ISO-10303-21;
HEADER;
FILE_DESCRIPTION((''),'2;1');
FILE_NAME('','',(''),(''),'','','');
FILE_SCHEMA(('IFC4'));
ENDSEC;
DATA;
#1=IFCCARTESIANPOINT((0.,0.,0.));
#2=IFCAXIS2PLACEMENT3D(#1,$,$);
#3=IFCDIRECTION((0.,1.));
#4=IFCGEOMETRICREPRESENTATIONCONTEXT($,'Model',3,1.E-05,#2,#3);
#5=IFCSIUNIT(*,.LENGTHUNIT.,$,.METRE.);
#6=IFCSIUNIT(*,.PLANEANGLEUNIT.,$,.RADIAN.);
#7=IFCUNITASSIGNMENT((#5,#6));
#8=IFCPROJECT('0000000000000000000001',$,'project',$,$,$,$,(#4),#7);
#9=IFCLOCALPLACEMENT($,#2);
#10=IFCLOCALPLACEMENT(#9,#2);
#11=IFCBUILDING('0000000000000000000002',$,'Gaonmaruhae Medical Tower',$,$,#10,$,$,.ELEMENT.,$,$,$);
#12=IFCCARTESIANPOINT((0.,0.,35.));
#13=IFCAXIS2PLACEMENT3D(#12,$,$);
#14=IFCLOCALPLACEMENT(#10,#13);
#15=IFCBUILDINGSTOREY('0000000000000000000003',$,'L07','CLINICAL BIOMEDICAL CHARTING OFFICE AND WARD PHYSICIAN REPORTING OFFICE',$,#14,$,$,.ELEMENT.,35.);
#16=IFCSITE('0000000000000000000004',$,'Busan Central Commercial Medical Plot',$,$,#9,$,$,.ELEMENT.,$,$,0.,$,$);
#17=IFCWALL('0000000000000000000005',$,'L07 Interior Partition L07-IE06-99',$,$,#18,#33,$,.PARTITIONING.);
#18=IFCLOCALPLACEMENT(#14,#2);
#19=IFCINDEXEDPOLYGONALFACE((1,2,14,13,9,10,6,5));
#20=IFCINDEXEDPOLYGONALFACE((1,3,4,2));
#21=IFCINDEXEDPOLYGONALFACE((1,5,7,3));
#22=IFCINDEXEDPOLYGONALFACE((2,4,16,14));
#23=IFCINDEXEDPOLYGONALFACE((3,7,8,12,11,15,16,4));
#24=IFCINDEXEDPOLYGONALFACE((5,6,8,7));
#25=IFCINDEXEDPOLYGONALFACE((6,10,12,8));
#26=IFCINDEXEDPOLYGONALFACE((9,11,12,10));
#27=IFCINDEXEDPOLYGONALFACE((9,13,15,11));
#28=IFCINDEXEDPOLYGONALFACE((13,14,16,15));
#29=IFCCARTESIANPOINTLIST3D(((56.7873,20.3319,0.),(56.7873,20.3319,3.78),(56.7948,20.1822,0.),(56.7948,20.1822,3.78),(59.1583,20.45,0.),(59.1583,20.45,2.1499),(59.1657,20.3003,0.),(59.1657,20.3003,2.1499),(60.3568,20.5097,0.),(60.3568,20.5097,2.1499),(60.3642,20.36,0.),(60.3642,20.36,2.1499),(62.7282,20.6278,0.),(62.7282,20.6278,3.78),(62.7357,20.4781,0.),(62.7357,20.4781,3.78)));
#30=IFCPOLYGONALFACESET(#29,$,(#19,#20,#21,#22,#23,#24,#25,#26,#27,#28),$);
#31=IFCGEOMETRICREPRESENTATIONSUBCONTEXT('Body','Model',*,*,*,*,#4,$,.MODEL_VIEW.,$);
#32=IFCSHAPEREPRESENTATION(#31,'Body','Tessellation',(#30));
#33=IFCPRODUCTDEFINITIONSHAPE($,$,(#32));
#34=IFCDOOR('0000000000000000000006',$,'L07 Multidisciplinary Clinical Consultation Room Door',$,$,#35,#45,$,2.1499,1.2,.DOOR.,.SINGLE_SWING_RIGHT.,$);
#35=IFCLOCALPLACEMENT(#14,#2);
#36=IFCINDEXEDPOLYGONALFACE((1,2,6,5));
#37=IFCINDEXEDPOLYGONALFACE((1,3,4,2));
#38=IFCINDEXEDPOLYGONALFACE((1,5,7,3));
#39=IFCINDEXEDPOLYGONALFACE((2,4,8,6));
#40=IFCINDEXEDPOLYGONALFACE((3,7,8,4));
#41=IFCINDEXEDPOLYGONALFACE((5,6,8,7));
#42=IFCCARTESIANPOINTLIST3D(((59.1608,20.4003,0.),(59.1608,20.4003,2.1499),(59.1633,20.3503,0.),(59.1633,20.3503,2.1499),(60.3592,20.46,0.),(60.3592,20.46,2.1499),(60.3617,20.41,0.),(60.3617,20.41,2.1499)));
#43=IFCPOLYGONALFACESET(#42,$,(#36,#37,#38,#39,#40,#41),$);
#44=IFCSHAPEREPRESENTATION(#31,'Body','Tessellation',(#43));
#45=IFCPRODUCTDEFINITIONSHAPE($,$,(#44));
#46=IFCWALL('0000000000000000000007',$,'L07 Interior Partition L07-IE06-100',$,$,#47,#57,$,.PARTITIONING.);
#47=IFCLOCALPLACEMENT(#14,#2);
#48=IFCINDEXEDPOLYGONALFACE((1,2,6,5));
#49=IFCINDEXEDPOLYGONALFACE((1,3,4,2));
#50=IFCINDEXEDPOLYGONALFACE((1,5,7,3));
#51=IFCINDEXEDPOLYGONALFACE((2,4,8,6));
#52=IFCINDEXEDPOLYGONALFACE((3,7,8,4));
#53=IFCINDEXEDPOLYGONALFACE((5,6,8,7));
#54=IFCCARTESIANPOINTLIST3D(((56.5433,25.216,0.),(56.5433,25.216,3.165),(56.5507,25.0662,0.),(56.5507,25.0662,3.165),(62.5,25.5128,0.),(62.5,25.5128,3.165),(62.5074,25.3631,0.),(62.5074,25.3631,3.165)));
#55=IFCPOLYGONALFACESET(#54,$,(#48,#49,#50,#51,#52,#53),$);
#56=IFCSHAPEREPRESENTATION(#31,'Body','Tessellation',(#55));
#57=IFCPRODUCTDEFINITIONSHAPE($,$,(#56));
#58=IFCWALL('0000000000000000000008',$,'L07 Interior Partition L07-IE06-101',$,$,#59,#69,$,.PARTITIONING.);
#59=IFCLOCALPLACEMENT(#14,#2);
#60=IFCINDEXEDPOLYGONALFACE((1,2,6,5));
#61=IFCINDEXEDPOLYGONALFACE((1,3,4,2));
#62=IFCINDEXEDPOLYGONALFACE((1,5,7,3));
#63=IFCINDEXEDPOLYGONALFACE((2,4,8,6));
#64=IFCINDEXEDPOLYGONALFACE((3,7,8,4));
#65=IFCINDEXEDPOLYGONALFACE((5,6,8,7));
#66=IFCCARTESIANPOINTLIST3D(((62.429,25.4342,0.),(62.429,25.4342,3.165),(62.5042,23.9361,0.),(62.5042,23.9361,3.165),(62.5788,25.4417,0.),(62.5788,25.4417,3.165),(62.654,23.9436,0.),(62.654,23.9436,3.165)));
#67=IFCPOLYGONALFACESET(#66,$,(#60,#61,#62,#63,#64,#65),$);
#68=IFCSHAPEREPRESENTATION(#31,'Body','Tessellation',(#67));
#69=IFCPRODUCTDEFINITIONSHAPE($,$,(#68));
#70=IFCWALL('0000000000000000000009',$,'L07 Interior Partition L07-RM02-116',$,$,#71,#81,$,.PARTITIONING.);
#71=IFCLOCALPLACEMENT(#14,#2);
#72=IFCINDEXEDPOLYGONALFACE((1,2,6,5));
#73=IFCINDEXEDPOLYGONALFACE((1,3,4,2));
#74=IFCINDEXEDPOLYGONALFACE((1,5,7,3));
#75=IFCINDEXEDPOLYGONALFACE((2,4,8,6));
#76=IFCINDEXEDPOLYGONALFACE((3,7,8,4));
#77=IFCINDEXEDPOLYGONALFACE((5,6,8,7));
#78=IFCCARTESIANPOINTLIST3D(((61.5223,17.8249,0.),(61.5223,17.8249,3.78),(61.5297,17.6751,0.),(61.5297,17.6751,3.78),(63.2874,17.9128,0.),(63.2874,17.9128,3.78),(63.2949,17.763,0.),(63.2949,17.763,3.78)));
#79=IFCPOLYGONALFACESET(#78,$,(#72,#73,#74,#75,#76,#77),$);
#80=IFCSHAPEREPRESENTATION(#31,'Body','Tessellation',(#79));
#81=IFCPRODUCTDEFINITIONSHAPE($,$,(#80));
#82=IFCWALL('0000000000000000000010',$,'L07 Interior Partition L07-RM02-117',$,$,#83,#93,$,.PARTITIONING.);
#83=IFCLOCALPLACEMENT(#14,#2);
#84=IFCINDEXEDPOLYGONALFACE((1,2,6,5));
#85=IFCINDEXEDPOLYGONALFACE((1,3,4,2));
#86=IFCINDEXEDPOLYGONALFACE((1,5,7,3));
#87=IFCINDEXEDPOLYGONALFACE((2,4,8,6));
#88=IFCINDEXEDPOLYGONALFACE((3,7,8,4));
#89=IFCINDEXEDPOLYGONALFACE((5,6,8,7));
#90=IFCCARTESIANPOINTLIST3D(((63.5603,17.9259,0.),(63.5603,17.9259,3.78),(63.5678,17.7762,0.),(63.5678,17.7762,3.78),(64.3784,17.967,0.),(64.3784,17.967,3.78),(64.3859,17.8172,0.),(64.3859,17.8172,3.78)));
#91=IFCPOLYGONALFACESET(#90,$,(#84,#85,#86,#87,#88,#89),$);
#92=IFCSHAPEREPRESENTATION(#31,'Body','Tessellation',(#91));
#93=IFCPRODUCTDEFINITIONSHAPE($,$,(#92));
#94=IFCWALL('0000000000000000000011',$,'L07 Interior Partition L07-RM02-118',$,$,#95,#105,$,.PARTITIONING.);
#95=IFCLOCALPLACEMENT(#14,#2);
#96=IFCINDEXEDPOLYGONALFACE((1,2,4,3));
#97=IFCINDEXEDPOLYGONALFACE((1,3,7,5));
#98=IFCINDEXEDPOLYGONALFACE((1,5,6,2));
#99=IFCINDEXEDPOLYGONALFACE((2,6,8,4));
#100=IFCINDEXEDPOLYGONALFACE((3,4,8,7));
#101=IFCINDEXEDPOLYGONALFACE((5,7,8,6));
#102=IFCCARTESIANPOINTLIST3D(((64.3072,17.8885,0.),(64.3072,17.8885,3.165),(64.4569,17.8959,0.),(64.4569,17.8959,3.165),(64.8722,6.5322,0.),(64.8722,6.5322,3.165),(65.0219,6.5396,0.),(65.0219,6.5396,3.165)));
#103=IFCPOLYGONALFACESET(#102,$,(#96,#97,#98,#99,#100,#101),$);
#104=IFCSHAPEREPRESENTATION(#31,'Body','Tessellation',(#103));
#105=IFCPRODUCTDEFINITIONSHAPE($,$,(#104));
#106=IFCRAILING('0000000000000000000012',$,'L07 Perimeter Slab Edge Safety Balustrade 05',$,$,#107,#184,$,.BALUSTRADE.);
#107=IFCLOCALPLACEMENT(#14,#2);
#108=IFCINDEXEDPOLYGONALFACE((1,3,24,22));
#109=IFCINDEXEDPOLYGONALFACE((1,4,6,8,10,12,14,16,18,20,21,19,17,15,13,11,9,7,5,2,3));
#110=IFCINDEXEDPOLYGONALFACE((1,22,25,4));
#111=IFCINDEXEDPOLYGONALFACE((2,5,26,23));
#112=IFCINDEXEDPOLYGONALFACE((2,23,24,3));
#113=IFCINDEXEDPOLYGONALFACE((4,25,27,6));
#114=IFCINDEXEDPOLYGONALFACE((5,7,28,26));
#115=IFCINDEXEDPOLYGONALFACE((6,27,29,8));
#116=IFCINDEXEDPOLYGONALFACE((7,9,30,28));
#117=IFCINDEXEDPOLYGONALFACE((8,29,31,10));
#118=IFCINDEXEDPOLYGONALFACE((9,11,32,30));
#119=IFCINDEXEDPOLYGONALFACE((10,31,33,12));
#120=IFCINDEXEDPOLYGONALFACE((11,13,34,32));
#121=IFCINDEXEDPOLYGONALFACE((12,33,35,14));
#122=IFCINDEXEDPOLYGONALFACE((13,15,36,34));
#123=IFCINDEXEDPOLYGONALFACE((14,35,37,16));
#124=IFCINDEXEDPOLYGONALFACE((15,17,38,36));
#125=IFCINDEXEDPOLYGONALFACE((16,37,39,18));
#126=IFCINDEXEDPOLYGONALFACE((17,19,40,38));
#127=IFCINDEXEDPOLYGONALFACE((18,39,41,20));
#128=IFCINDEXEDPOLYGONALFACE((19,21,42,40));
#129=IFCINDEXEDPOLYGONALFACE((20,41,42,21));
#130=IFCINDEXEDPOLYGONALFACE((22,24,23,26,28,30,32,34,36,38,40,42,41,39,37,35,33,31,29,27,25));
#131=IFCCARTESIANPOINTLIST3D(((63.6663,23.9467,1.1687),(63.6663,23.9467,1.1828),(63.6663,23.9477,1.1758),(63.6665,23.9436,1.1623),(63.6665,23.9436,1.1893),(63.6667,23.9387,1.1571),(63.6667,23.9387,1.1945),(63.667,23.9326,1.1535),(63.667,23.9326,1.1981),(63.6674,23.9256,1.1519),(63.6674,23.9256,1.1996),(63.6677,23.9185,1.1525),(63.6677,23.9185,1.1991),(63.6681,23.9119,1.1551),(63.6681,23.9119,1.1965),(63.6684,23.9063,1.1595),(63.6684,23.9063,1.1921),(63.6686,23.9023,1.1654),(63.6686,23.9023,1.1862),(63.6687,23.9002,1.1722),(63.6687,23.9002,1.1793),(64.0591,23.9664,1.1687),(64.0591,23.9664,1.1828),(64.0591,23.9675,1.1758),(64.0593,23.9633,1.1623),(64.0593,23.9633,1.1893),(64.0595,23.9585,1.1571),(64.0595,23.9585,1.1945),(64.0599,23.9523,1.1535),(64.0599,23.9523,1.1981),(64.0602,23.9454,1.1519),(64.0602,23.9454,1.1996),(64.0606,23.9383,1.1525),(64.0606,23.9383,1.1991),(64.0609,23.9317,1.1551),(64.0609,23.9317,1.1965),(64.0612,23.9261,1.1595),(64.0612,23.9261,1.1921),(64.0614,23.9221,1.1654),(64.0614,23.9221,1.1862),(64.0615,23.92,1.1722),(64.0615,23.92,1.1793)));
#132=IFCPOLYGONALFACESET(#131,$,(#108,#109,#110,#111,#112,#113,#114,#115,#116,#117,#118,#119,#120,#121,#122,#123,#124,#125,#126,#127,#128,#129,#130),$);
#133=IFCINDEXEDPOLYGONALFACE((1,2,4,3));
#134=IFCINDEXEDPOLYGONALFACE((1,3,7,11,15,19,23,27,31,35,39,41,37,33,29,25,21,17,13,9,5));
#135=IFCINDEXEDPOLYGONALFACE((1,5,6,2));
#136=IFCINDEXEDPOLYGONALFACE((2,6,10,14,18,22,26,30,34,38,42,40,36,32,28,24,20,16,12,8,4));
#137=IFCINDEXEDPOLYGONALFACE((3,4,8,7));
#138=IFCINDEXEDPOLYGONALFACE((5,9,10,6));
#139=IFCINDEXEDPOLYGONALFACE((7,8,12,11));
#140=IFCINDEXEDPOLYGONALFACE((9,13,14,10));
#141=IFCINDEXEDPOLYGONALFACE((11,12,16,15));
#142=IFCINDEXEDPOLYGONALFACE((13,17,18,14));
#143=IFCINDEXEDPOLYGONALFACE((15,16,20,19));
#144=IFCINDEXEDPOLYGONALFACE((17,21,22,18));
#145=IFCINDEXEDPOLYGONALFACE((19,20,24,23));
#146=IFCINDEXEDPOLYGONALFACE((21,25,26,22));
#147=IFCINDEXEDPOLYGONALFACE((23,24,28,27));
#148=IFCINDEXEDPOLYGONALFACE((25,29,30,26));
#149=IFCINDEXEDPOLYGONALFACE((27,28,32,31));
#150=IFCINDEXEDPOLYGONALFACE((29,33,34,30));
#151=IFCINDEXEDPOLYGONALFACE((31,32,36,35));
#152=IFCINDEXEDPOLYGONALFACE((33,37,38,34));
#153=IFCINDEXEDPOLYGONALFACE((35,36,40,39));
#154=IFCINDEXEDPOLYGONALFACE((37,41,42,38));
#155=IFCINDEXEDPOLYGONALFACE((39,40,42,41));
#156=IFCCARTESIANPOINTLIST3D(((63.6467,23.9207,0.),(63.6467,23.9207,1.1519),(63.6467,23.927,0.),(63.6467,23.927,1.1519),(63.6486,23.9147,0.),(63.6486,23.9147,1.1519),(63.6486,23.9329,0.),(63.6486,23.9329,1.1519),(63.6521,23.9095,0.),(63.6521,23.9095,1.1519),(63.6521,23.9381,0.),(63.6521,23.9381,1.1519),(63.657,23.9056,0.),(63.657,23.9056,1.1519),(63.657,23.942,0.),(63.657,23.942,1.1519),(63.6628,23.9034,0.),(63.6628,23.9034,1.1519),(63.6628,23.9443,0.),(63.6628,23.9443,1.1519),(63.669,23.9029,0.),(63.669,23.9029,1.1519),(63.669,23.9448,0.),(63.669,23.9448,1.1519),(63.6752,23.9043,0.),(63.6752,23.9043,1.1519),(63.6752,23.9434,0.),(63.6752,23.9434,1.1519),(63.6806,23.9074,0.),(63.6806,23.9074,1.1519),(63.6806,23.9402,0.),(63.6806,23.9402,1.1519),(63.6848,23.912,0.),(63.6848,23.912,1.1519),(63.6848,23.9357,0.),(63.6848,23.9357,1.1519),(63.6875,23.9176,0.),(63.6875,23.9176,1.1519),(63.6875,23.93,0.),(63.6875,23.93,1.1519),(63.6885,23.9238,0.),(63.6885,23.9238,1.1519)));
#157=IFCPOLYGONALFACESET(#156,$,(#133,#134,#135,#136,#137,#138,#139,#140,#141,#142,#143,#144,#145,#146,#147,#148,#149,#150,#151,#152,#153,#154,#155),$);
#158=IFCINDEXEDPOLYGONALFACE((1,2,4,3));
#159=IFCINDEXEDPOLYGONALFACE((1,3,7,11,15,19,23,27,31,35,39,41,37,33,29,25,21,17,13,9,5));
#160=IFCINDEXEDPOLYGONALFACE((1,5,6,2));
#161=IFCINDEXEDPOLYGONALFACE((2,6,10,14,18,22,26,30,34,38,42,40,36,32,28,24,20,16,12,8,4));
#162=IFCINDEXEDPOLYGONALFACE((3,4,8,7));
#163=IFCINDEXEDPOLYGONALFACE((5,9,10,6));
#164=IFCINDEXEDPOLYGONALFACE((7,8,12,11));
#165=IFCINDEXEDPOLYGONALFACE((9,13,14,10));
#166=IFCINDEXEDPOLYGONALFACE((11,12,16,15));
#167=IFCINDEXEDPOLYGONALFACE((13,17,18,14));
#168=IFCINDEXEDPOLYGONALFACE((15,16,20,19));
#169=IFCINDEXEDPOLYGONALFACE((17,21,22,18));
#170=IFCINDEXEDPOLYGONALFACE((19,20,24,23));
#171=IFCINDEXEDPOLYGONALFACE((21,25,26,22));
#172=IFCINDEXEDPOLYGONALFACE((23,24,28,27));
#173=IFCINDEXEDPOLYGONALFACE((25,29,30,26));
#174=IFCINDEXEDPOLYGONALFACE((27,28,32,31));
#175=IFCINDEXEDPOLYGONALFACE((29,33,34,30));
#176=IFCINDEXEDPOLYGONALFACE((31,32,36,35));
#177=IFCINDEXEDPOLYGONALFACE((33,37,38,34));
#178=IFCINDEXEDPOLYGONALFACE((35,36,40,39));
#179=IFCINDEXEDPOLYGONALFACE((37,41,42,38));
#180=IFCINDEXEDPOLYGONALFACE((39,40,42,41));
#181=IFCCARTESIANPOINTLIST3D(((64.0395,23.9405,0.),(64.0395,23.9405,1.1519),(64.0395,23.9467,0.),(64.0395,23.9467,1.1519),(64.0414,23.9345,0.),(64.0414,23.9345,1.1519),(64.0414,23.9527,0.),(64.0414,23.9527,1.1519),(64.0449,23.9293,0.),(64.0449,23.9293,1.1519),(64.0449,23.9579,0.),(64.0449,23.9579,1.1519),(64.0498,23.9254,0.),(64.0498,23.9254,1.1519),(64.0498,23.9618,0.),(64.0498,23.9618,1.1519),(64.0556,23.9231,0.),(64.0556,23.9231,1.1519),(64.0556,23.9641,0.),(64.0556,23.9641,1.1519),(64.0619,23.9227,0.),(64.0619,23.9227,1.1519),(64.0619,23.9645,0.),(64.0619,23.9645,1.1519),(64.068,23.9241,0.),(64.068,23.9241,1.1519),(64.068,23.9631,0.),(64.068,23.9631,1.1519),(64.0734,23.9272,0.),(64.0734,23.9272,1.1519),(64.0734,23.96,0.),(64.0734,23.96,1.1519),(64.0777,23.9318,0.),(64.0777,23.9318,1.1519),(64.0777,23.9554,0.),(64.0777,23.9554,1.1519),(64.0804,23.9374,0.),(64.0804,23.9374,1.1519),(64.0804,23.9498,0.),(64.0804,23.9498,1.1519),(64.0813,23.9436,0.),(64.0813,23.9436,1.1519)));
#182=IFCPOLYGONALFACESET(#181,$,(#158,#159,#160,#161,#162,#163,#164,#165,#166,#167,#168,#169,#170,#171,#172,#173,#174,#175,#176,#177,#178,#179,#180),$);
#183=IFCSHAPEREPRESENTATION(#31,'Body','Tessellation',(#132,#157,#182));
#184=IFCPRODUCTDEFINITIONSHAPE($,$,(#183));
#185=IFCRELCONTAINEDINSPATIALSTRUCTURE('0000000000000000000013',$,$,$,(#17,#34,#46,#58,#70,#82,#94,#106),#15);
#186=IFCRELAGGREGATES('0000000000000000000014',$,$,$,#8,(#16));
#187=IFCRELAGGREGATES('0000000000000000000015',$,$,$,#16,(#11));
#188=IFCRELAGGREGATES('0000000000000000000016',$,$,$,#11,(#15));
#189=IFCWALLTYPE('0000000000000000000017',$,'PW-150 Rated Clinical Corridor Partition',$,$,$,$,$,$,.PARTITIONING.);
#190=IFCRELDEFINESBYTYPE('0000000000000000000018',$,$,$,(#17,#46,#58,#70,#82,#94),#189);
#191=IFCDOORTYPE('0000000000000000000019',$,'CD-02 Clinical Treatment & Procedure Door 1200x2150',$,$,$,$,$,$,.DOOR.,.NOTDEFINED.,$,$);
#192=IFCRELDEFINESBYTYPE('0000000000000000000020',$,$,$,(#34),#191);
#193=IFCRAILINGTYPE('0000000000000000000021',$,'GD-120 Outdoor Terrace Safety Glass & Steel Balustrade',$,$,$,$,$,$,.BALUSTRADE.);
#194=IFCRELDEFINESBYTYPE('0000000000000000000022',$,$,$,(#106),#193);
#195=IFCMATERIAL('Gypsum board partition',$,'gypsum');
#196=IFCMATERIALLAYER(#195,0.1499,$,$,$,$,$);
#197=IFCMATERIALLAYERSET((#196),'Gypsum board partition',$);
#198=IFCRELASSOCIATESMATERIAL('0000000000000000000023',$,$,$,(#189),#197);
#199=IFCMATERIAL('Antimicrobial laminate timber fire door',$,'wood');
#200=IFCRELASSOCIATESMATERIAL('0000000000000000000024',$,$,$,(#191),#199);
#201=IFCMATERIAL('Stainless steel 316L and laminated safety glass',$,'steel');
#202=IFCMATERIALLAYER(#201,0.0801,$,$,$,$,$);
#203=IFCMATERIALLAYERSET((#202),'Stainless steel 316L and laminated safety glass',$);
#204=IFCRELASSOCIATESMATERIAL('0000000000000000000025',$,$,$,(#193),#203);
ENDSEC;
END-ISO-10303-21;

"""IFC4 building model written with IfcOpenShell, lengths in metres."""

from ifc_helpers import new_model, si_unit, direction, frame, frame_2d, origin, origin_2d, place, context, subcontext, project, spatial, rectangle, circle, extrude, material, layer, layer_set, type_object, element, fill, save


model = new_model("IFC4")

# Units and contexts
model_context = context("Model", 3, precision=1e-05, world=origin(), true_north=direction((0.0, 1.0)))
body_context = subcontext(model_context, "Body", "Model", "MODEL_VIEW")
ifc_project = project(units=[si_unit("LENGTHUNIT", "METRE"), si_unit("PLANEANGLEUNIT", "RADIAN")], contexts=[model_context])

# Site, building, storey
site_placement = place(None, origin())
site = spatial("IfcSite", under=ifc_project, at=site_placement, Name="Busan Central Commercial Medical Plot", CompositionType="ELEMENT", RefElevation=0.0)
building_placement = place(site_placement, origin())
building = spatial("IfcBuilding", under=site, at=building_placement, Name="Gaonmaruhae Medical Tower", CompositionType="ELEMENT")
storey_placement = place(building_placement, frame((0.0, 0.0, 35.0)))
storey = spatial("IfcBuildingStorey", under=building, at=storey_placement, Name="L07", Description="CLINICAL BIOMEDICAL CHARTING OFFICE AND WARD PHYSICIAN REPORTING OFFICE", CompositionType="ELEMENT", Elevation=35.0)

# Shared definitions
ifc_material_1 = material(Name="Gypsum board partition", Category="gypsum")
ifc_layer_1 = layer(ifc_material_1, 0.1499)
ifc_layer_set_1 = layer_set([ifc_layer_1], Name="Gypsum board partition")
wall_type_1 = type_object("IfcWallType", Name="PW-150 Rated Clinical Corridor Partition", PredefinedType="PARTITIONING", material=ifc_layer_set_1)

# Wall, opening, door
wall_1_placement = place(storey_placement, frame((62.7319, 20.553, 0.0), z_axis=(0.0, 0.0, 1.0), x_axis=(-0.998762, -0.049745, 0.0)))
wall_1 = element("IfcWall", 1, at=wall_1_placement, inside=storey, type_object=wall_type_1, Name="L07 Interior Partition L07-IE06-99", PredefinedType="PARTITIONING", context=body_context, shape_type="SweptSolid", body=[
    extrude(rectangle(XDim=5.9482, YDim=0.1499, at=frame_2d((2.9741, 0.0))), origin(), (0.0, 0.0, 1.0), 3.78),
])
opening_1_placement = place(wall_1_placement, frame((2.3743, 0.0, 0.0)))
opening_1 = element("IfcOpeningElement", 2, at=opening_1_placement, cuts=wall_1, PredefinedType="OPENING", context=body_context, shape_type="SweptSolid", body=[
    extrude(rectangle(XDim=1.2, YDim=2.1499, at=frame_2d((0.6001, 1.075))), frame((0.0, 0.085, 0.0), z_axis=(0.0, -1.0, 0.0), x_axis=(1.0, 0.0, 0.0)), (0.0, 0.0, 1.0), 0.1699),
])
ifc_material_2 = material(Name="Antimicrobial laminate timber fire door", Category="wood")
door_type_1 = type_object("IfcDoorType", Name="CD-02 Clinical Treatment & Procedure Door 1200x2150", OperationType="NOTDEFINED", PredefinedType="DOOR", material=ifc_material_2)
door_1_placement = place(opening_1_placement, origin())
door_1 = element("IfcDoor", 3, at=door_1_placement, inside=storey, type_object=door_type_1, Name="L07 Multidisciplinary Clinical Consultation Room Door", OperationType="SINGLE_SWING_RIGHT", OverallHeight=2.1499, OverallWidth=1.2, PredefinedType="DOOR", context=body_context, shape_type="SweptSolid", body=[
    extrude(rectangle(XDim=1.2, YDim=2.1499, at=frame_2d((0.6001, 1.075))), frame((0.0, 0.0249, 0.0), z_axis=(0.0, -1.0, 0.0), x_axis=(1.0, 0.0, 0.0)), (0.0, 0.0, 1.0), 0.05),
])
fill(opening_1, door_1)

# Walls
wall_2_placement = place(storey_placement, frame((56.5471, 25.1411, 0.0), z_axis=(0.0, 0.0, 1.0), x_axis=(0.99876, 0.049776, 0.0)))
element("IfcWall", 4, at=wall_2_placement, inside=storey, type_object=wall_type_1, Name="L07 Interior Partition L07-IE06-100", PredefinedType="PARTITIONING", context=body_context, shape_type="SweptSolid", body=[
    extrude(rectangle(XDim=5.9641, YDim=0.1499, at=frame_2d((2.9819, 0.0))), origin(), (0.0, 0.0, 1.0), 3.165),
])
wall_3_placement = place(storey_placement, frame((62.5039, 25.438, 0.0), z_axis=(0.0, 0.0, 1.0), x_axis=(0.050132, -0.998743, 0.0)))
element("IfcWall", 5, at=wall_3_placement, inside=storey, type_object=wall_type_1, Name="L07 Interior Partition L07-IE06-101", PredefinedType="PARTITIONING", context=body_context, shape_type="SweptSolid", body=[
    extrude(rectangle(XDim=1.5, YDim=0.1499, at=frame_2d((0.75, 0.0))), origin(), (0.0, 0.0, 1.0), 3.165),
])
wall_4_placement = place(storey_placement, frame((61.5259, 17.75, 0.0), z_axis=(0.0, 0.0, 1.0), x_axis=(0.998763, 0.049731, 0.0)))
element("IfcWall", 6, at=wall_4_placement, inside=storey, type_object=wall_type_1, Name="L07 Interior Partition L07-RM02-116", PredefinedType="PARTITIONING", context=body_context, shape_type="SweptSolid", body=[
    extrude(rectangle(XDim=1.7673, YDim=0.1499, at=frame_2d((0.8838, 0.0))), origin(), (0.0, 0.0, 1.0), 3.78),
])
wall_5_placement = place(storey_placement, frame((63.564, 17.8511, 0.0), z_axis=(0.0, 0.0, 1.0), x_axis=(0.998746, 0.050071, 0.0)))
element("IfcWall", 7, at=wall_5_placement, inside=storey, type_object=wall_type_1, Name="L07 Interior Partition L07-RM02-117", PredefinedType="PARTITIONING", context=body_context, shape_type="SweptSolid", body=[
    extrude(rectangle(XDim=0.8191, YDim=0.1499, at=frame_2d((0.4097, 0.0))), origin(), (0.0, 0.0, 1.0), 3.78),
])
wall_6_placement = place(storey_placement, frame((64.3821, 17.8921, 0.0), z_axis=(0.0, 0.0, 1.0), x_axis=(0.049686, -0.998765, 0.0)))
element("IfcWall", 8, at=wall_6_placement, inside=storey, type_object=wall_type_1, Name="L07 Interior Partition L07-RM02-118", PredefinedType="PARTITIONING", context=body_context, shape_type="SweptSolid", body=[
    extrude(rectangle(XDim=11.3704, YDim=0.1499, at=frame_2d((5.6851, 0.0))), origin(), (0.0, 0.0, 1.0), 3.165),
])

# Railing
ifc_material_3 = material(Name="Stainless steel 316L and laminated safety glass", Category="steel")
ifc_layer_2 = layer(ifc_material_3, 0.0801)
ifc_layer_set_2 = layer_set([ifc_layer_2], Name="Stainless steel 316L and laminated safety glass")
railing_type = type_object("IfcRailingType", Name="GD-120 Outdoor Terrace Safety Glass & Steel Balustrade", PredefinedType="BALUSTRADE", material=ifc_layer_set_2)
railing_1_placement = place(storey_placement, frame((63.6675, 23.9238, 0.0)))
element("IfcRailing", 9, at=railing_1_placement, inside=storey, type_object=railing_type, Name="L07 Perimeter Slab Edge Safety Balustrade 05", PredefinedType="BALUSTRADE", context=body_context, shape_type="SweptSolid", body=[
    extrude(circle(Radius=0.0239, at=origin_2d()), frame((0.0, 0.0, 1.1758), z_axis=(0.998735, 0.050278, 0.0), x_axis=(-0.050278, 0.998735, 0.0)), (0.0, 0.0, 1.0), 0.3933),
    extrude(circle(Radius=0.021, at=origin_2d()), origin(), (0.0, 0.0, 1.0), 1.1519),
    extrude(circle(Radius=0.021, at=origin_2d()), frame((0.3928, 0.0198, 0.0)), (0.0, 0.0, 1.0), 1.1519),
])

save(model, "model.ifc")
